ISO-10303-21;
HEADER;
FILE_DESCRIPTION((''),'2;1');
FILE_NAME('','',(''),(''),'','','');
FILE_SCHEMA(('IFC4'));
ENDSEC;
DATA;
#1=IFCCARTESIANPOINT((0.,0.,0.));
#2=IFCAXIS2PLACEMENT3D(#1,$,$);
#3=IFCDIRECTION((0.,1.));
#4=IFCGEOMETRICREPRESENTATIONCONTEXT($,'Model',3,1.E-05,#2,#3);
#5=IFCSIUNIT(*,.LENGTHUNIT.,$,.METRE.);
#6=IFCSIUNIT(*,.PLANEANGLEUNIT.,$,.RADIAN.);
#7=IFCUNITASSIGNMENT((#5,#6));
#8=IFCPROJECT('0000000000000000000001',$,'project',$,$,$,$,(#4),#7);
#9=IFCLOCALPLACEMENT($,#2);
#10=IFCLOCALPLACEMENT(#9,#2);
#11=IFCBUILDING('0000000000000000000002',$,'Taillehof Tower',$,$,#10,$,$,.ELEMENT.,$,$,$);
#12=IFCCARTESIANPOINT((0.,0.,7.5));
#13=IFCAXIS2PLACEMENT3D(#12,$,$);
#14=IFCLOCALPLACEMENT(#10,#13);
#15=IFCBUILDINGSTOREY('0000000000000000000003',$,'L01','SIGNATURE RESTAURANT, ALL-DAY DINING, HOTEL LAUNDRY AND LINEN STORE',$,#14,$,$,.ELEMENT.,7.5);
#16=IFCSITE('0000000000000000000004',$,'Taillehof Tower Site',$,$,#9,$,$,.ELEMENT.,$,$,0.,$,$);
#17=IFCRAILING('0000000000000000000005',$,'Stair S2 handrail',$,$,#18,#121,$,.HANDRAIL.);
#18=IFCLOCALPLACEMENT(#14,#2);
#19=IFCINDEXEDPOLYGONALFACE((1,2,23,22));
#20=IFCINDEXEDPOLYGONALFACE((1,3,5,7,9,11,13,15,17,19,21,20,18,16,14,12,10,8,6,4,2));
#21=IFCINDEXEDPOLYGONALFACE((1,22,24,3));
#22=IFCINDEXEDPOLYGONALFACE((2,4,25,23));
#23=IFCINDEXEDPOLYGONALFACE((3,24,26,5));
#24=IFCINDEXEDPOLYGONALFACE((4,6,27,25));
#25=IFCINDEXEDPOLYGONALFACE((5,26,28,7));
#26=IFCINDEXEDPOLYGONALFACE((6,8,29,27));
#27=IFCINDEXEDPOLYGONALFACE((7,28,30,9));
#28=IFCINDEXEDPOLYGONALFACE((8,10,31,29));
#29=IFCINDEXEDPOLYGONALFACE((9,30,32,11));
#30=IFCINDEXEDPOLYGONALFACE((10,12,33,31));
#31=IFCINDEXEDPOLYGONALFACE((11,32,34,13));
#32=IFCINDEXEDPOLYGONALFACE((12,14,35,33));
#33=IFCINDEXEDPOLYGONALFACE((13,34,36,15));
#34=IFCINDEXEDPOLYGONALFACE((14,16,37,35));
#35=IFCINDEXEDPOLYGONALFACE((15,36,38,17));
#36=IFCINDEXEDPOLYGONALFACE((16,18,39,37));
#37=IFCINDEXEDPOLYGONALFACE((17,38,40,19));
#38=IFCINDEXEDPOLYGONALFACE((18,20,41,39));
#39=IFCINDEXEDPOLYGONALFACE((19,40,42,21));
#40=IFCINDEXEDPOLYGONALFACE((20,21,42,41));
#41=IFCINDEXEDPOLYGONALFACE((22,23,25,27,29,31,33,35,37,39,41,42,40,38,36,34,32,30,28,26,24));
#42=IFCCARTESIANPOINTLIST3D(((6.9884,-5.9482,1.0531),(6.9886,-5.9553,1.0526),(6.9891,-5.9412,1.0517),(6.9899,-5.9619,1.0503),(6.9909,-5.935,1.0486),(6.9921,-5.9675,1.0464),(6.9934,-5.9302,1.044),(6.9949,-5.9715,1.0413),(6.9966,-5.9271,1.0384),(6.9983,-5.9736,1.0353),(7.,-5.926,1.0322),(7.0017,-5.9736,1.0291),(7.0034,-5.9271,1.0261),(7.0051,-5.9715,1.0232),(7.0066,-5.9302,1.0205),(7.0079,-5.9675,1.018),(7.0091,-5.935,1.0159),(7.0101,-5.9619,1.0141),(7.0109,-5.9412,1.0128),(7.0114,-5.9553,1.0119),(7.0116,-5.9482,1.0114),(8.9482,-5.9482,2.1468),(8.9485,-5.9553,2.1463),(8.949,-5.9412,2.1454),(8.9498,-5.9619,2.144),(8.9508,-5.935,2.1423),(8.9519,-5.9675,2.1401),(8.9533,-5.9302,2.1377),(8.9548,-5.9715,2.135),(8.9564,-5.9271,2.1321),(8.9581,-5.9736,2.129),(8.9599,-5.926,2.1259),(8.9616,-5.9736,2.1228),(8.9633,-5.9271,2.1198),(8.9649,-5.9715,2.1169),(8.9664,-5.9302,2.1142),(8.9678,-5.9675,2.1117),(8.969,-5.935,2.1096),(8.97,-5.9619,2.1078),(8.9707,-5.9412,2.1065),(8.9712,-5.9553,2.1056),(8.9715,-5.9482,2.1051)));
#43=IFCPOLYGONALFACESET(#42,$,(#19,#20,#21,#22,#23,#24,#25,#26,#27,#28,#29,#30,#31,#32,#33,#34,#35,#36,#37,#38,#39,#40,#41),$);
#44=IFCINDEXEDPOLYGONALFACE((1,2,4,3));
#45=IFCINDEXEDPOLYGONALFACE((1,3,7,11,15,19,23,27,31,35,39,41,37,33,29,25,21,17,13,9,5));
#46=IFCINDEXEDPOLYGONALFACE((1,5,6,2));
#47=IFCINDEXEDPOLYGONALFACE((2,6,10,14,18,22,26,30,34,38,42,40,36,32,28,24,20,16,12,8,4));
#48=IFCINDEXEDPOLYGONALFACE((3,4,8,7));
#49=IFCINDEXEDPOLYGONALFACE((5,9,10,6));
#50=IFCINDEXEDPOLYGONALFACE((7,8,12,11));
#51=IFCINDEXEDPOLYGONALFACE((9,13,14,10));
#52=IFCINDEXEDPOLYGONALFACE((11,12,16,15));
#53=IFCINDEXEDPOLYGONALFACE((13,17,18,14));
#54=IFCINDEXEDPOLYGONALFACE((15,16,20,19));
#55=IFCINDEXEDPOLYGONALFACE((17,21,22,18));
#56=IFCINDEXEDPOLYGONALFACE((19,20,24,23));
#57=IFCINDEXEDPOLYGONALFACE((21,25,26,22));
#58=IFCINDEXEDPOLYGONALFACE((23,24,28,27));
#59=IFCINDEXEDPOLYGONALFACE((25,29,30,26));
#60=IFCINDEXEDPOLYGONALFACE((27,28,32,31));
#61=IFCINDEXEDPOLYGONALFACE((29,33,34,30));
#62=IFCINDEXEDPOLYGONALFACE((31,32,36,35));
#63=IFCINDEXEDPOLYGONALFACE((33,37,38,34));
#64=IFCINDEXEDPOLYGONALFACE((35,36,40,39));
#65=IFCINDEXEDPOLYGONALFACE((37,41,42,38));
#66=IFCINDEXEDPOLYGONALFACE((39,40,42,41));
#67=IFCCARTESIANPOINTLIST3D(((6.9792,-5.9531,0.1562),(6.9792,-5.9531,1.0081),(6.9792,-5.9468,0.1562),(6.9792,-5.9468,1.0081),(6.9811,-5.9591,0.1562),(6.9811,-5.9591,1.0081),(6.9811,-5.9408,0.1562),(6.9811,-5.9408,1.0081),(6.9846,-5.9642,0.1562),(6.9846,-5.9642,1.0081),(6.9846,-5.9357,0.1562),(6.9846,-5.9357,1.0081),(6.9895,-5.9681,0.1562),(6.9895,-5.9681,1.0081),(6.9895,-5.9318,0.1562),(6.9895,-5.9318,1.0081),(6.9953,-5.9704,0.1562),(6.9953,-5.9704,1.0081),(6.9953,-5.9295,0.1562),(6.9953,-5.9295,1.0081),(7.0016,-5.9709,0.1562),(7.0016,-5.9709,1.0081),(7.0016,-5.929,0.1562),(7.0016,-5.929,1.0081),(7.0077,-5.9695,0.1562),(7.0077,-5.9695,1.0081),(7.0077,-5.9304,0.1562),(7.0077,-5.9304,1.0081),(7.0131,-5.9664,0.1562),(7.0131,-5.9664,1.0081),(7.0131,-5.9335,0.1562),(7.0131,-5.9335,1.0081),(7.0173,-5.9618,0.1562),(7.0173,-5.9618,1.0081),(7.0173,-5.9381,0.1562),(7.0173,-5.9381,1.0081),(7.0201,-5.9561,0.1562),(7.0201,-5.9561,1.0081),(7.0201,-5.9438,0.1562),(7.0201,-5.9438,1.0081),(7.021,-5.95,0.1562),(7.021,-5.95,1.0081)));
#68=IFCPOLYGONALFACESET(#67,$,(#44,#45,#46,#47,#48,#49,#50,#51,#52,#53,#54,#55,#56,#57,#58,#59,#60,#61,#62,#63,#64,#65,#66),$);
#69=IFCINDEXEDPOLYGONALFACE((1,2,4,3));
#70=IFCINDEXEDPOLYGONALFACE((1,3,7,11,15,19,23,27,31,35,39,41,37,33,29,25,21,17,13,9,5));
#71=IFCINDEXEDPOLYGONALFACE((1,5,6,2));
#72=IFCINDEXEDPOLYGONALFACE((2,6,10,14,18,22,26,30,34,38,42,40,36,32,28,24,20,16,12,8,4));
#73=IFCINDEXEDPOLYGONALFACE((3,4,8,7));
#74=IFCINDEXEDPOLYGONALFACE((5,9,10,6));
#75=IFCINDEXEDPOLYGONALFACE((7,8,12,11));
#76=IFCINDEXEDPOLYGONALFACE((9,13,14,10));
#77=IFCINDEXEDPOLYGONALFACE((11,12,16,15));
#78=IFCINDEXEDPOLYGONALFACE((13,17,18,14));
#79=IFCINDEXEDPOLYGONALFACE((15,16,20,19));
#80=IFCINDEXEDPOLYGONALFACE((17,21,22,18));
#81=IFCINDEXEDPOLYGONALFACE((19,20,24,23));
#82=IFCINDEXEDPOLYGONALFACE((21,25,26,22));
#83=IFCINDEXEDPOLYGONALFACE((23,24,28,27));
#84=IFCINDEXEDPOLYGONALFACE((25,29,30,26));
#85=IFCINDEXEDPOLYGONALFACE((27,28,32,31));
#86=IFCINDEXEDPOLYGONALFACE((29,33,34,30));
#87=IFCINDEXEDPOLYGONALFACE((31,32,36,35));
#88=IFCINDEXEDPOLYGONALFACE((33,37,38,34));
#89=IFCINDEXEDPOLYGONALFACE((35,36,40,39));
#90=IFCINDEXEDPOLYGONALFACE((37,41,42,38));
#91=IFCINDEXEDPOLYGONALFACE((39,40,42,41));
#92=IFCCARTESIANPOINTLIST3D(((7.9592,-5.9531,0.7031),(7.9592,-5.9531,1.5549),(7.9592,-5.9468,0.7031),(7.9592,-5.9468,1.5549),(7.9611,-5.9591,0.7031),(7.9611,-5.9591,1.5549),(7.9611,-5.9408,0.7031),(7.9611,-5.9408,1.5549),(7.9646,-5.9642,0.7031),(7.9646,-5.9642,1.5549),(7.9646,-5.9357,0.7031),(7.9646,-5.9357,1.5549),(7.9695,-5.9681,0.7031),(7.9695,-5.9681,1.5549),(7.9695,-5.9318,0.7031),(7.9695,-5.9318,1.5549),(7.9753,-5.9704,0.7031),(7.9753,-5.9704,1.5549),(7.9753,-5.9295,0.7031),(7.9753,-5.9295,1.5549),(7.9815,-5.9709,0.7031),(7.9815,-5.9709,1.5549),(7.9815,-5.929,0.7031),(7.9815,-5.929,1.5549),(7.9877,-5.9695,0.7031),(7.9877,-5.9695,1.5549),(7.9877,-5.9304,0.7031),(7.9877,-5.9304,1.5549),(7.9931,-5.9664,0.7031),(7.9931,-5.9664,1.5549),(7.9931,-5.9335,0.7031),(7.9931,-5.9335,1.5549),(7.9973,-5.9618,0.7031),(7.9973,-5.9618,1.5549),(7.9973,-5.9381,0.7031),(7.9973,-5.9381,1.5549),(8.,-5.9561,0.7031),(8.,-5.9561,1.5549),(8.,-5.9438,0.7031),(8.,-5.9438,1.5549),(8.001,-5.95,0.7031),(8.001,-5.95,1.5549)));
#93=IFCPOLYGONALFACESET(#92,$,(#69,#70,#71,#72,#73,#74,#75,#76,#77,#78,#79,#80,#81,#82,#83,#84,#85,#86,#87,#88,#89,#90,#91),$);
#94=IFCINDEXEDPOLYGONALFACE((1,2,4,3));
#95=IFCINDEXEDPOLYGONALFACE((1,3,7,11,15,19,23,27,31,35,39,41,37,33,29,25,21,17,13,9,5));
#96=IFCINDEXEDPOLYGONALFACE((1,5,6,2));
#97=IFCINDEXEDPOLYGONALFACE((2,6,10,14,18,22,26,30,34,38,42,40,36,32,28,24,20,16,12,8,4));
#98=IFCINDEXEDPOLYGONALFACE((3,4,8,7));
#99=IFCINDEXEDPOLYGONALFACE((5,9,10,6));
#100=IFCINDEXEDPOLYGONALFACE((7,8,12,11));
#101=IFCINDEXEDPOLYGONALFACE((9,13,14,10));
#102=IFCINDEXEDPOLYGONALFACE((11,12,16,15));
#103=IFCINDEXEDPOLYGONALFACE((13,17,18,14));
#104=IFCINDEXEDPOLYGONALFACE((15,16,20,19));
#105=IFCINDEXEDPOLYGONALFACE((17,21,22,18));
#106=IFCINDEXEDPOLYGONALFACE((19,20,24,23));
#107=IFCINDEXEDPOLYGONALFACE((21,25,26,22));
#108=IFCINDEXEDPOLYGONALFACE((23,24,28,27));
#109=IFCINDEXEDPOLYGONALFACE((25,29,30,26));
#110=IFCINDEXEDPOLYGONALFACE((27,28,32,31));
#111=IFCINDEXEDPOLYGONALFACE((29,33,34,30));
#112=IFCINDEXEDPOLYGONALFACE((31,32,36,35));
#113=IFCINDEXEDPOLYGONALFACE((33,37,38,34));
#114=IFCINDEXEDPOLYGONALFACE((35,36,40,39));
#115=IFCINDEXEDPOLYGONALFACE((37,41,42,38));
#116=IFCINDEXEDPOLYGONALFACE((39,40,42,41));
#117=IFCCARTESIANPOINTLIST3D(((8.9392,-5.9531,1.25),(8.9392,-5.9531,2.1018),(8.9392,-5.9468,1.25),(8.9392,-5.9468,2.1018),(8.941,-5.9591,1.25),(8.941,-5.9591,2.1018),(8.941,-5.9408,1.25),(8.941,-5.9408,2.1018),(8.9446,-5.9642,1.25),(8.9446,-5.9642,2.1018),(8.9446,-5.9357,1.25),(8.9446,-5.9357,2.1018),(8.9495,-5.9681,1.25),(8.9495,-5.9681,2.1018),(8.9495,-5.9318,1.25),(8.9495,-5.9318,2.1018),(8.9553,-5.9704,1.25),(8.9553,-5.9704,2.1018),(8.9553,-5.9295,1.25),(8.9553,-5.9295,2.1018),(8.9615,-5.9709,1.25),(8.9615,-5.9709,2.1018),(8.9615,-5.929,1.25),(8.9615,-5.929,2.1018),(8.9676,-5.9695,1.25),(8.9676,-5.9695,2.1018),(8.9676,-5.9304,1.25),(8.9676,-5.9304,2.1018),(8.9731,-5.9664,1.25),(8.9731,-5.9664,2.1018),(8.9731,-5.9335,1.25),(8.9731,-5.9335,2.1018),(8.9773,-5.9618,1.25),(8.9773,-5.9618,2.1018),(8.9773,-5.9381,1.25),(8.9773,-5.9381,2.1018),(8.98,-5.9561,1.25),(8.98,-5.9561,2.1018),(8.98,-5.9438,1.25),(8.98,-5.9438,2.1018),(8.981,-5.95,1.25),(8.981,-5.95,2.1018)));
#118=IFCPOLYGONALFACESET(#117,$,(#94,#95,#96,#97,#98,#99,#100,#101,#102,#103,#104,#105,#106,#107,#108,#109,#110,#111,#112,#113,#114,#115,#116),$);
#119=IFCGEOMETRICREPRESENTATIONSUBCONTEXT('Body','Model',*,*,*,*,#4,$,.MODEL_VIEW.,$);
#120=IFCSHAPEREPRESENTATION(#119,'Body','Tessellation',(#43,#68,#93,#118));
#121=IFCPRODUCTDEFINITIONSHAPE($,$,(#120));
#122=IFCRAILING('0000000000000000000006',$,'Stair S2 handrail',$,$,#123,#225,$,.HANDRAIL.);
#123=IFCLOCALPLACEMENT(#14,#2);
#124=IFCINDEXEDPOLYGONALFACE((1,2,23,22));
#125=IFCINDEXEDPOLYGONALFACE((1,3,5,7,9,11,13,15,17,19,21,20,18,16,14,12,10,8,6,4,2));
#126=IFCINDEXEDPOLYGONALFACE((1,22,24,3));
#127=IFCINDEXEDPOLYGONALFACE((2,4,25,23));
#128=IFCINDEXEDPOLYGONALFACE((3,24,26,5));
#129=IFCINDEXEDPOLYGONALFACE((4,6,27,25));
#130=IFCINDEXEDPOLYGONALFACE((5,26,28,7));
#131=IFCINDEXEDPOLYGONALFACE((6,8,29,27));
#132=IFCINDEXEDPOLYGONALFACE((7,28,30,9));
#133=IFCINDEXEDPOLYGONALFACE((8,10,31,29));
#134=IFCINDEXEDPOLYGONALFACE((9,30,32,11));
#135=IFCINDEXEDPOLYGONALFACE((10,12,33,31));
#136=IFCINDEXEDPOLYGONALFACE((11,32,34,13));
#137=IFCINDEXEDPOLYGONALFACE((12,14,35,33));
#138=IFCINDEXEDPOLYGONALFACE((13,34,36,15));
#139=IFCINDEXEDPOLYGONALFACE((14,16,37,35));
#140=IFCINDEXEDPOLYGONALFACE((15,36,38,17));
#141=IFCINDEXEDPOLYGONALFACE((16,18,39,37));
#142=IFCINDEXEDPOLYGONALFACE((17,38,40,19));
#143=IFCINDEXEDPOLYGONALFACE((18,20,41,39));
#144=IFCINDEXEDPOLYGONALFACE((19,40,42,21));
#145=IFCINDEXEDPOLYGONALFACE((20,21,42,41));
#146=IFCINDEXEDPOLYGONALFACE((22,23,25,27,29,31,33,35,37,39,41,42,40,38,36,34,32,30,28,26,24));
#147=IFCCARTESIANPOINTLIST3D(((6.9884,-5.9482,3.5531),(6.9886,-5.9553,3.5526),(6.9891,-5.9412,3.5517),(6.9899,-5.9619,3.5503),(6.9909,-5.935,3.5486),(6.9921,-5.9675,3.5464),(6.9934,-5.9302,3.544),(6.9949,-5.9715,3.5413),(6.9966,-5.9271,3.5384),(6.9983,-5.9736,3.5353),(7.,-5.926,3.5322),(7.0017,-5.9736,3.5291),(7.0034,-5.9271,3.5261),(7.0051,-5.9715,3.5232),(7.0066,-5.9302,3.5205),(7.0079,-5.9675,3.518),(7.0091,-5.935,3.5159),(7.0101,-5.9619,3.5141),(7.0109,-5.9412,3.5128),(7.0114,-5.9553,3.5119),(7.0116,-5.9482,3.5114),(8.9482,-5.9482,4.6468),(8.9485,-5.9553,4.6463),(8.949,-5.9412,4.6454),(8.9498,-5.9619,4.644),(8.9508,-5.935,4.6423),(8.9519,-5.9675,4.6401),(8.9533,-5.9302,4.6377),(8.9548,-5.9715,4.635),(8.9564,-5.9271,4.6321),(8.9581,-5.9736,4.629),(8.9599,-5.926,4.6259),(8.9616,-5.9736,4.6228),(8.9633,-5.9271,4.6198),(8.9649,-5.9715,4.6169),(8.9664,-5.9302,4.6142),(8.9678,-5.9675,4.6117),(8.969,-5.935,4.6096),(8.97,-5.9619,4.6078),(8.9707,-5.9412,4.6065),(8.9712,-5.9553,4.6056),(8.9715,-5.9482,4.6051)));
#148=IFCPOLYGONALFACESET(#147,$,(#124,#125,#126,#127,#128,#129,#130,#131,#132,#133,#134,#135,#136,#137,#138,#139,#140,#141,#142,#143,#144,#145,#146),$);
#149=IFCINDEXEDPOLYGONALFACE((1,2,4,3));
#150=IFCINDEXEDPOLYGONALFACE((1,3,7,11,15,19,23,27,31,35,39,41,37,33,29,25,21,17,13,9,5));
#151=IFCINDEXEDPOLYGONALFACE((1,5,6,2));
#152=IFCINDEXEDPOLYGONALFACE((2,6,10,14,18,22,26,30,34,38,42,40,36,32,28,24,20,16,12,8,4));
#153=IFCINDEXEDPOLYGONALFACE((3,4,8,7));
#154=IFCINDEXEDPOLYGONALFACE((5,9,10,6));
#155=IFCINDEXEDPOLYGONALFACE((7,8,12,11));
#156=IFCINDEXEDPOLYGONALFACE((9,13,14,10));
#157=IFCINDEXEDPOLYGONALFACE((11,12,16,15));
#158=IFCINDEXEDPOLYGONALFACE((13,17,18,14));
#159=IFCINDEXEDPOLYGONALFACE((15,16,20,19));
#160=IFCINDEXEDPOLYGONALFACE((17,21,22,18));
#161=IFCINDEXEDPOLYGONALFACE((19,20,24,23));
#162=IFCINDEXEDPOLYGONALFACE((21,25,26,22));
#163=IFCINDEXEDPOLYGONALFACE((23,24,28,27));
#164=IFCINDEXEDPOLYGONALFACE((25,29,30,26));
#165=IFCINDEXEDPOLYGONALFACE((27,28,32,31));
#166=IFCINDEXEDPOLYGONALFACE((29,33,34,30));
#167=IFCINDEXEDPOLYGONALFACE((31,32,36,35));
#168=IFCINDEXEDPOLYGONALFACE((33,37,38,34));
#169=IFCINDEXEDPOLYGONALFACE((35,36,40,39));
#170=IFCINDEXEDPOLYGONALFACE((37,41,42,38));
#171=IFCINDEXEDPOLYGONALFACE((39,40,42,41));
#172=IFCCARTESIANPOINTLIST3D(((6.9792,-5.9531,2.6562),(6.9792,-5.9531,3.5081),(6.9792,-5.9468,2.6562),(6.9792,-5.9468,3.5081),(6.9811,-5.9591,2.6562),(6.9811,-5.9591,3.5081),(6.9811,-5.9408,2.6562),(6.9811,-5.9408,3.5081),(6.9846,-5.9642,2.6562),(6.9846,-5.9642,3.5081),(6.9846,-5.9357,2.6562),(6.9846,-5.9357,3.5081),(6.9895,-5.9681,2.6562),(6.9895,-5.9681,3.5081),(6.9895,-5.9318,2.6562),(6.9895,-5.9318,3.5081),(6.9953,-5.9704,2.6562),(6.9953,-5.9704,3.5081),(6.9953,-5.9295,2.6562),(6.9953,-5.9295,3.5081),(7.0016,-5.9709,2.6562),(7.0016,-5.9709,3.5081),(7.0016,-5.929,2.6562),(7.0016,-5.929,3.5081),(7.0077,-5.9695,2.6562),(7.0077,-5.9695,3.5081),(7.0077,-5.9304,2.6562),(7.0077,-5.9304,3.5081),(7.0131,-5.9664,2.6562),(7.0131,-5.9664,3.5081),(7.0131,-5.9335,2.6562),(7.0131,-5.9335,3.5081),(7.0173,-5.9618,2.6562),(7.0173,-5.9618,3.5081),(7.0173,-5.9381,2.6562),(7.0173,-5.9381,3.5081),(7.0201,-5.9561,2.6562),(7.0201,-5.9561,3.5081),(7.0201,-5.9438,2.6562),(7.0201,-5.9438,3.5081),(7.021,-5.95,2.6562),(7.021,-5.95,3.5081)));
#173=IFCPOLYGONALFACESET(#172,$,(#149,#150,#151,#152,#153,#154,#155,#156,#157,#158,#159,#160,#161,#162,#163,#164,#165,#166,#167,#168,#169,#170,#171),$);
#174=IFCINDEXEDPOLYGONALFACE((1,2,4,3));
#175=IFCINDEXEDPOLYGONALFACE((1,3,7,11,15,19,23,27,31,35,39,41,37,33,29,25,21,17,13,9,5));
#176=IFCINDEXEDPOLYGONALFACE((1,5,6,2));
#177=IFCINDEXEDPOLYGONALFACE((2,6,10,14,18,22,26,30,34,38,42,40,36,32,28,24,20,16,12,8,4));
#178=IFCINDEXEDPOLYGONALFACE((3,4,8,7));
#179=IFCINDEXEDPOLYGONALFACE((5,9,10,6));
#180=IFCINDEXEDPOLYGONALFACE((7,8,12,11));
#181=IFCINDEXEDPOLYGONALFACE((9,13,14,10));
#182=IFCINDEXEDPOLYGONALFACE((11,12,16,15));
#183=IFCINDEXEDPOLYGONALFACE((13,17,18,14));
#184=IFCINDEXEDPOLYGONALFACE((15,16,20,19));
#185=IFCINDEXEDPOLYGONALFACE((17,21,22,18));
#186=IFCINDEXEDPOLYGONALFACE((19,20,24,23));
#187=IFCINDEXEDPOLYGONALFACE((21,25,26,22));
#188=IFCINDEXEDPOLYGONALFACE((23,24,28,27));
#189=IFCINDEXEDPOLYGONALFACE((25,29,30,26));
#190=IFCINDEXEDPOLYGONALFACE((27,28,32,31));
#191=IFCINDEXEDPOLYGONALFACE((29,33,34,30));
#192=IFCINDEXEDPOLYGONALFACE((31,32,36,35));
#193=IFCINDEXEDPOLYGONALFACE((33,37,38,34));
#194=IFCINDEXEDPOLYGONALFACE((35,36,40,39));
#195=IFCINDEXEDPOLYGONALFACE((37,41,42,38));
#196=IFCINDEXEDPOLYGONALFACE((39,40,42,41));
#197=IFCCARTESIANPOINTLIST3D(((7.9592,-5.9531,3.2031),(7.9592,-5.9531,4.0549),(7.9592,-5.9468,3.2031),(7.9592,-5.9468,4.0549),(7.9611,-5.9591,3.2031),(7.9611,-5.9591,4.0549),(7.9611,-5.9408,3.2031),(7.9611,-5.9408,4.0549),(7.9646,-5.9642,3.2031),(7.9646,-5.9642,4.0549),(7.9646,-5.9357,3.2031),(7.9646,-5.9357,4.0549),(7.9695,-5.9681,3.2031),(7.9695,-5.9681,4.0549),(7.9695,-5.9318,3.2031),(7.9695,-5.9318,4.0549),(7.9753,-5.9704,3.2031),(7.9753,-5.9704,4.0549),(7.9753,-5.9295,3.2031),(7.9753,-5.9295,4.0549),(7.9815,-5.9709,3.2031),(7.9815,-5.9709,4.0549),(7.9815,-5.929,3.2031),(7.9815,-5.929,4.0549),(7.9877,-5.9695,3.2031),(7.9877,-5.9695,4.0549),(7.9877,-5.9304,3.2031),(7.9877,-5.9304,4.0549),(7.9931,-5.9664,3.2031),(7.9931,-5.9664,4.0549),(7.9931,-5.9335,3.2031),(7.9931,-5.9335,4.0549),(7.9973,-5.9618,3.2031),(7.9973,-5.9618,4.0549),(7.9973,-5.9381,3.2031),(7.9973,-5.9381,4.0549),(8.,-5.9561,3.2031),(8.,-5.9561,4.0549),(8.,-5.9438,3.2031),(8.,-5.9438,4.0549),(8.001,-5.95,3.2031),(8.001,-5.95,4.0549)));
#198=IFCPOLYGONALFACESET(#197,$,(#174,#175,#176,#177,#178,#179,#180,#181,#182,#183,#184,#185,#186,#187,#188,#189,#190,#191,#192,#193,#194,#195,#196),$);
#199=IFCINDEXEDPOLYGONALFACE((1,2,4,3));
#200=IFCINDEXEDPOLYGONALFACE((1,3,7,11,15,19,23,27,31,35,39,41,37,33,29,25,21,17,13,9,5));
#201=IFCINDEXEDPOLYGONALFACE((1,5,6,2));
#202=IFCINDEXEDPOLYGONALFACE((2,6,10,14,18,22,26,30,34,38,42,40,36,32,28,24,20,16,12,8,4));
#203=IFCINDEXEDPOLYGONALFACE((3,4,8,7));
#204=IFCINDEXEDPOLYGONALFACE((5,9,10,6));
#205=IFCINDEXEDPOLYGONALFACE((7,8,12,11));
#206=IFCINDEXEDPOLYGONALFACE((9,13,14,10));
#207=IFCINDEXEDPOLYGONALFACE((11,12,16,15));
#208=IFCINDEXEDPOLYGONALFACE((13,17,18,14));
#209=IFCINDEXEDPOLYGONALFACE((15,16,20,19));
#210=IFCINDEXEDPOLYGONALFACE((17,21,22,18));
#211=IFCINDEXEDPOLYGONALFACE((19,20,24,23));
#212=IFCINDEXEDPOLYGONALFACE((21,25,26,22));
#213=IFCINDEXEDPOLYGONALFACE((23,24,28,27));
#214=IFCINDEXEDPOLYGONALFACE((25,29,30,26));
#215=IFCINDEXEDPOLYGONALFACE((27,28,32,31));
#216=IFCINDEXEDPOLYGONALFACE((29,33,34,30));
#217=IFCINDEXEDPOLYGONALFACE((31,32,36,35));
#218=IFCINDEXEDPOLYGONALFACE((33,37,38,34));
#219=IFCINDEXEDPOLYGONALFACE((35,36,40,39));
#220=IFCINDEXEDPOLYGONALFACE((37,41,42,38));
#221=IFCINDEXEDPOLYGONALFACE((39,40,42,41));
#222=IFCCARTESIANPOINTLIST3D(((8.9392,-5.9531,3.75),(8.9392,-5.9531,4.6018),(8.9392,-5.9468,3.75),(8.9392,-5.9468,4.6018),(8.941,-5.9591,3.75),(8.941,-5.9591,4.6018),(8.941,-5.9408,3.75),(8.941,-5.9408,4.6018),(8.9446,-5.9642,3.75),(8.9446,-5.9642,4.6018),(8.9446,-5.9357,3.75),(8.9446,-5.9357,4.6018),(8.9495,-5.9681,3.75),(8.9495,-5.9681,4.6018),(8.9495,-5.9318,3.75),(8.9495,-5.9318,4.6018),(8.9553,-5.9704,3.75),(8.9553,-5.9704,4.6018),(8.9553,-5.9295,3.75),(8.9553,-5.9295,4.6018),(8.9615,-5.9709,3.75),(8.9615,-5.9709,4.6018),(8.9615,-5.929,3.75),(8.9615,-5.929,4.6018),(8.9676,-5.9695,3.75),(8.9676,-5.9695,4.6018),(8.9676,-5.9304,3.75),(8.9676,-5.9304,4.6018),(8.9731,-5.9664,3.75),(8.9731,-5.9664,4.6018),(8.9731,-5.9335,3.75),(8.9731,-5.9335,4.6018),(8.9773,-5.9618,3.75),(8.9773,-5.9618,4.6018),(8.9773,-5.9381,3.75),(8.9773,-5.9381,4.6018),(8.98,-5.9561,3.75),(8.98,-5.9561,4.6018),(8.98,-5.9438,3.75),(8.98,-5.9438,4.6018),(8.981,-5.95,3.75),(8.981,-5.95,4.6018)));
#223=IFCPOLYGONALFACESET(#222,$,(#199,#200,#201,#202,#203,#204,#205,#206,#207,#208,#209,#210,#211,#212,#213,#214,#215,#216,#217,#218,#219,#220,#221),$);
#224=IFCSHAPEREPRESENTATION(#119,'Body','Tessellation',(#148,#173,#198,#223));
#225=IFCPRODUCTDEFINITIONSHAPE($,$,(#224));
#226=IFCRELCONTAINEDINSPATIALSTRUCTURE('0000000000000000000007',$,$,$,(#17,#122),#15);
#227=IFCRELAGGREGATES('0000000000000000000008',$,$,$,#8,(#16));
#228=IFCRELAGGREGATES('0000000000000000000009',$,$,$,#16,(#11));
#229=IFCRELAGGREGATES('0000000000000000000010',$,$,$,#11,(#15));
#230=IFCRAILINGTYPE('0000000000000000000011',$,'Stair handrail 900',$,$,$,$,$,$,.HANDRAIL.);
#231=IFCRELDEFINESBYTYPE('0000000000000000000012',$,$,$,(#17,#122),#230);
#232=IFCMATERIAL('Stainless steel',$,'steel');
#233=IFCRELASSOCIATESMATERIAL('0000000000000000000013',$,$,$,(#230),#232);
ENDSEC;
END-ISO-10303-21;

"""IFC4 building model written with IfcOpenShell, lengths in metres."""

from ifc_helpers import new_model, si_unit, direction, frame, origin, origin_2d, place, context, subcontext, project, spatial, circle, extrude, material, type_object, element, save


model = new_model("IFC4")

# Units and contexts
model_context = context("Model", 3, precision=1e-05, world=origin(), true_north=direction((0.0, 1.0)))
body_context = subcontext(model_context, "Body", "Model", "MODEL_VIEW")
ifc_project = project(units=[si_unit("LENGTHUNIT", "METRE"), si_unit("PLANEANGLEUNIT", "RADIAN")], contexts=[model_context])

# Site, building, storey
site_placement = place(None, origin())
site = spatial("IfcSite", under=ifc_project, at=site_placement, Name="Taillehof Tower Site", CompositionType="ELEMENT", RefElevation=0.0)
building_placement = place(site_placement, origin())
building = spatial("IfcBuilding", under=site, at=building_placement, Name="Taillehof Tower", CompositionType="ELEMENT")
storey_placement = place(building_placement, frame((0.0, 0.0, 7.5)))
storey = spatial("IfcBuildingStorey", under=building, at=storey_placement, Name="L01", Description="SIGNATURE RESTAURANT, ALL-DAY DINING, HOTEL LAUNDRY AND LINEN STORE", CompositionType="ELEMENT", Elevation=7.5)

# Railings
ifc_material_1 = material(Name="Stainless steel", Category="steel")
railing_type = type_object("IfcRailingType", Name="Stair handrail 900", PredefinedType="HANDRAIL", material=ifc_material_1)
for number, where, name in (
    (1, (7.0, -5.95, 0.1562), "Stair S2 handrail"),
    (2, (7.0, -5.95, 2.6562), "Stair S2 handrail"),
):
    element("IfcRailing", number, at=place(storey_placement, frame(where)), inside=storey, type_object=railing_type, Name=name, PredefinedType="HANDRAIL", context=body_context, shape_type="SweptSolid", body=[
        extrude(circle(Radius=0.0239, at=origin_2d()), frame((0.0, 0.0, 0.876), z_axis=(0.873232, 0.0, 0.487304), x_axis=(0.0, 1.0, 0.0)), (0.0, 0.0, 1.0), 2.2444),
        extrude(circle(Radius=0.021, at=origin_2d()), origin(), (0.0, 0.0, 1.0), 0.8518),
        extrude(circle(Radius=0.021, at=origin_2d()), frame((0.98, 0.0, 0.5469)), (0.0, 0.0, 1.0), 0.8518),
        extrude(circle(Radius=0.021, at=origin_2d()), frame((1.96, 0.0, 1.0938)), (0.0, 0.0, 1.0), 0.8518),
    ])

save(model, "model.ifc")
